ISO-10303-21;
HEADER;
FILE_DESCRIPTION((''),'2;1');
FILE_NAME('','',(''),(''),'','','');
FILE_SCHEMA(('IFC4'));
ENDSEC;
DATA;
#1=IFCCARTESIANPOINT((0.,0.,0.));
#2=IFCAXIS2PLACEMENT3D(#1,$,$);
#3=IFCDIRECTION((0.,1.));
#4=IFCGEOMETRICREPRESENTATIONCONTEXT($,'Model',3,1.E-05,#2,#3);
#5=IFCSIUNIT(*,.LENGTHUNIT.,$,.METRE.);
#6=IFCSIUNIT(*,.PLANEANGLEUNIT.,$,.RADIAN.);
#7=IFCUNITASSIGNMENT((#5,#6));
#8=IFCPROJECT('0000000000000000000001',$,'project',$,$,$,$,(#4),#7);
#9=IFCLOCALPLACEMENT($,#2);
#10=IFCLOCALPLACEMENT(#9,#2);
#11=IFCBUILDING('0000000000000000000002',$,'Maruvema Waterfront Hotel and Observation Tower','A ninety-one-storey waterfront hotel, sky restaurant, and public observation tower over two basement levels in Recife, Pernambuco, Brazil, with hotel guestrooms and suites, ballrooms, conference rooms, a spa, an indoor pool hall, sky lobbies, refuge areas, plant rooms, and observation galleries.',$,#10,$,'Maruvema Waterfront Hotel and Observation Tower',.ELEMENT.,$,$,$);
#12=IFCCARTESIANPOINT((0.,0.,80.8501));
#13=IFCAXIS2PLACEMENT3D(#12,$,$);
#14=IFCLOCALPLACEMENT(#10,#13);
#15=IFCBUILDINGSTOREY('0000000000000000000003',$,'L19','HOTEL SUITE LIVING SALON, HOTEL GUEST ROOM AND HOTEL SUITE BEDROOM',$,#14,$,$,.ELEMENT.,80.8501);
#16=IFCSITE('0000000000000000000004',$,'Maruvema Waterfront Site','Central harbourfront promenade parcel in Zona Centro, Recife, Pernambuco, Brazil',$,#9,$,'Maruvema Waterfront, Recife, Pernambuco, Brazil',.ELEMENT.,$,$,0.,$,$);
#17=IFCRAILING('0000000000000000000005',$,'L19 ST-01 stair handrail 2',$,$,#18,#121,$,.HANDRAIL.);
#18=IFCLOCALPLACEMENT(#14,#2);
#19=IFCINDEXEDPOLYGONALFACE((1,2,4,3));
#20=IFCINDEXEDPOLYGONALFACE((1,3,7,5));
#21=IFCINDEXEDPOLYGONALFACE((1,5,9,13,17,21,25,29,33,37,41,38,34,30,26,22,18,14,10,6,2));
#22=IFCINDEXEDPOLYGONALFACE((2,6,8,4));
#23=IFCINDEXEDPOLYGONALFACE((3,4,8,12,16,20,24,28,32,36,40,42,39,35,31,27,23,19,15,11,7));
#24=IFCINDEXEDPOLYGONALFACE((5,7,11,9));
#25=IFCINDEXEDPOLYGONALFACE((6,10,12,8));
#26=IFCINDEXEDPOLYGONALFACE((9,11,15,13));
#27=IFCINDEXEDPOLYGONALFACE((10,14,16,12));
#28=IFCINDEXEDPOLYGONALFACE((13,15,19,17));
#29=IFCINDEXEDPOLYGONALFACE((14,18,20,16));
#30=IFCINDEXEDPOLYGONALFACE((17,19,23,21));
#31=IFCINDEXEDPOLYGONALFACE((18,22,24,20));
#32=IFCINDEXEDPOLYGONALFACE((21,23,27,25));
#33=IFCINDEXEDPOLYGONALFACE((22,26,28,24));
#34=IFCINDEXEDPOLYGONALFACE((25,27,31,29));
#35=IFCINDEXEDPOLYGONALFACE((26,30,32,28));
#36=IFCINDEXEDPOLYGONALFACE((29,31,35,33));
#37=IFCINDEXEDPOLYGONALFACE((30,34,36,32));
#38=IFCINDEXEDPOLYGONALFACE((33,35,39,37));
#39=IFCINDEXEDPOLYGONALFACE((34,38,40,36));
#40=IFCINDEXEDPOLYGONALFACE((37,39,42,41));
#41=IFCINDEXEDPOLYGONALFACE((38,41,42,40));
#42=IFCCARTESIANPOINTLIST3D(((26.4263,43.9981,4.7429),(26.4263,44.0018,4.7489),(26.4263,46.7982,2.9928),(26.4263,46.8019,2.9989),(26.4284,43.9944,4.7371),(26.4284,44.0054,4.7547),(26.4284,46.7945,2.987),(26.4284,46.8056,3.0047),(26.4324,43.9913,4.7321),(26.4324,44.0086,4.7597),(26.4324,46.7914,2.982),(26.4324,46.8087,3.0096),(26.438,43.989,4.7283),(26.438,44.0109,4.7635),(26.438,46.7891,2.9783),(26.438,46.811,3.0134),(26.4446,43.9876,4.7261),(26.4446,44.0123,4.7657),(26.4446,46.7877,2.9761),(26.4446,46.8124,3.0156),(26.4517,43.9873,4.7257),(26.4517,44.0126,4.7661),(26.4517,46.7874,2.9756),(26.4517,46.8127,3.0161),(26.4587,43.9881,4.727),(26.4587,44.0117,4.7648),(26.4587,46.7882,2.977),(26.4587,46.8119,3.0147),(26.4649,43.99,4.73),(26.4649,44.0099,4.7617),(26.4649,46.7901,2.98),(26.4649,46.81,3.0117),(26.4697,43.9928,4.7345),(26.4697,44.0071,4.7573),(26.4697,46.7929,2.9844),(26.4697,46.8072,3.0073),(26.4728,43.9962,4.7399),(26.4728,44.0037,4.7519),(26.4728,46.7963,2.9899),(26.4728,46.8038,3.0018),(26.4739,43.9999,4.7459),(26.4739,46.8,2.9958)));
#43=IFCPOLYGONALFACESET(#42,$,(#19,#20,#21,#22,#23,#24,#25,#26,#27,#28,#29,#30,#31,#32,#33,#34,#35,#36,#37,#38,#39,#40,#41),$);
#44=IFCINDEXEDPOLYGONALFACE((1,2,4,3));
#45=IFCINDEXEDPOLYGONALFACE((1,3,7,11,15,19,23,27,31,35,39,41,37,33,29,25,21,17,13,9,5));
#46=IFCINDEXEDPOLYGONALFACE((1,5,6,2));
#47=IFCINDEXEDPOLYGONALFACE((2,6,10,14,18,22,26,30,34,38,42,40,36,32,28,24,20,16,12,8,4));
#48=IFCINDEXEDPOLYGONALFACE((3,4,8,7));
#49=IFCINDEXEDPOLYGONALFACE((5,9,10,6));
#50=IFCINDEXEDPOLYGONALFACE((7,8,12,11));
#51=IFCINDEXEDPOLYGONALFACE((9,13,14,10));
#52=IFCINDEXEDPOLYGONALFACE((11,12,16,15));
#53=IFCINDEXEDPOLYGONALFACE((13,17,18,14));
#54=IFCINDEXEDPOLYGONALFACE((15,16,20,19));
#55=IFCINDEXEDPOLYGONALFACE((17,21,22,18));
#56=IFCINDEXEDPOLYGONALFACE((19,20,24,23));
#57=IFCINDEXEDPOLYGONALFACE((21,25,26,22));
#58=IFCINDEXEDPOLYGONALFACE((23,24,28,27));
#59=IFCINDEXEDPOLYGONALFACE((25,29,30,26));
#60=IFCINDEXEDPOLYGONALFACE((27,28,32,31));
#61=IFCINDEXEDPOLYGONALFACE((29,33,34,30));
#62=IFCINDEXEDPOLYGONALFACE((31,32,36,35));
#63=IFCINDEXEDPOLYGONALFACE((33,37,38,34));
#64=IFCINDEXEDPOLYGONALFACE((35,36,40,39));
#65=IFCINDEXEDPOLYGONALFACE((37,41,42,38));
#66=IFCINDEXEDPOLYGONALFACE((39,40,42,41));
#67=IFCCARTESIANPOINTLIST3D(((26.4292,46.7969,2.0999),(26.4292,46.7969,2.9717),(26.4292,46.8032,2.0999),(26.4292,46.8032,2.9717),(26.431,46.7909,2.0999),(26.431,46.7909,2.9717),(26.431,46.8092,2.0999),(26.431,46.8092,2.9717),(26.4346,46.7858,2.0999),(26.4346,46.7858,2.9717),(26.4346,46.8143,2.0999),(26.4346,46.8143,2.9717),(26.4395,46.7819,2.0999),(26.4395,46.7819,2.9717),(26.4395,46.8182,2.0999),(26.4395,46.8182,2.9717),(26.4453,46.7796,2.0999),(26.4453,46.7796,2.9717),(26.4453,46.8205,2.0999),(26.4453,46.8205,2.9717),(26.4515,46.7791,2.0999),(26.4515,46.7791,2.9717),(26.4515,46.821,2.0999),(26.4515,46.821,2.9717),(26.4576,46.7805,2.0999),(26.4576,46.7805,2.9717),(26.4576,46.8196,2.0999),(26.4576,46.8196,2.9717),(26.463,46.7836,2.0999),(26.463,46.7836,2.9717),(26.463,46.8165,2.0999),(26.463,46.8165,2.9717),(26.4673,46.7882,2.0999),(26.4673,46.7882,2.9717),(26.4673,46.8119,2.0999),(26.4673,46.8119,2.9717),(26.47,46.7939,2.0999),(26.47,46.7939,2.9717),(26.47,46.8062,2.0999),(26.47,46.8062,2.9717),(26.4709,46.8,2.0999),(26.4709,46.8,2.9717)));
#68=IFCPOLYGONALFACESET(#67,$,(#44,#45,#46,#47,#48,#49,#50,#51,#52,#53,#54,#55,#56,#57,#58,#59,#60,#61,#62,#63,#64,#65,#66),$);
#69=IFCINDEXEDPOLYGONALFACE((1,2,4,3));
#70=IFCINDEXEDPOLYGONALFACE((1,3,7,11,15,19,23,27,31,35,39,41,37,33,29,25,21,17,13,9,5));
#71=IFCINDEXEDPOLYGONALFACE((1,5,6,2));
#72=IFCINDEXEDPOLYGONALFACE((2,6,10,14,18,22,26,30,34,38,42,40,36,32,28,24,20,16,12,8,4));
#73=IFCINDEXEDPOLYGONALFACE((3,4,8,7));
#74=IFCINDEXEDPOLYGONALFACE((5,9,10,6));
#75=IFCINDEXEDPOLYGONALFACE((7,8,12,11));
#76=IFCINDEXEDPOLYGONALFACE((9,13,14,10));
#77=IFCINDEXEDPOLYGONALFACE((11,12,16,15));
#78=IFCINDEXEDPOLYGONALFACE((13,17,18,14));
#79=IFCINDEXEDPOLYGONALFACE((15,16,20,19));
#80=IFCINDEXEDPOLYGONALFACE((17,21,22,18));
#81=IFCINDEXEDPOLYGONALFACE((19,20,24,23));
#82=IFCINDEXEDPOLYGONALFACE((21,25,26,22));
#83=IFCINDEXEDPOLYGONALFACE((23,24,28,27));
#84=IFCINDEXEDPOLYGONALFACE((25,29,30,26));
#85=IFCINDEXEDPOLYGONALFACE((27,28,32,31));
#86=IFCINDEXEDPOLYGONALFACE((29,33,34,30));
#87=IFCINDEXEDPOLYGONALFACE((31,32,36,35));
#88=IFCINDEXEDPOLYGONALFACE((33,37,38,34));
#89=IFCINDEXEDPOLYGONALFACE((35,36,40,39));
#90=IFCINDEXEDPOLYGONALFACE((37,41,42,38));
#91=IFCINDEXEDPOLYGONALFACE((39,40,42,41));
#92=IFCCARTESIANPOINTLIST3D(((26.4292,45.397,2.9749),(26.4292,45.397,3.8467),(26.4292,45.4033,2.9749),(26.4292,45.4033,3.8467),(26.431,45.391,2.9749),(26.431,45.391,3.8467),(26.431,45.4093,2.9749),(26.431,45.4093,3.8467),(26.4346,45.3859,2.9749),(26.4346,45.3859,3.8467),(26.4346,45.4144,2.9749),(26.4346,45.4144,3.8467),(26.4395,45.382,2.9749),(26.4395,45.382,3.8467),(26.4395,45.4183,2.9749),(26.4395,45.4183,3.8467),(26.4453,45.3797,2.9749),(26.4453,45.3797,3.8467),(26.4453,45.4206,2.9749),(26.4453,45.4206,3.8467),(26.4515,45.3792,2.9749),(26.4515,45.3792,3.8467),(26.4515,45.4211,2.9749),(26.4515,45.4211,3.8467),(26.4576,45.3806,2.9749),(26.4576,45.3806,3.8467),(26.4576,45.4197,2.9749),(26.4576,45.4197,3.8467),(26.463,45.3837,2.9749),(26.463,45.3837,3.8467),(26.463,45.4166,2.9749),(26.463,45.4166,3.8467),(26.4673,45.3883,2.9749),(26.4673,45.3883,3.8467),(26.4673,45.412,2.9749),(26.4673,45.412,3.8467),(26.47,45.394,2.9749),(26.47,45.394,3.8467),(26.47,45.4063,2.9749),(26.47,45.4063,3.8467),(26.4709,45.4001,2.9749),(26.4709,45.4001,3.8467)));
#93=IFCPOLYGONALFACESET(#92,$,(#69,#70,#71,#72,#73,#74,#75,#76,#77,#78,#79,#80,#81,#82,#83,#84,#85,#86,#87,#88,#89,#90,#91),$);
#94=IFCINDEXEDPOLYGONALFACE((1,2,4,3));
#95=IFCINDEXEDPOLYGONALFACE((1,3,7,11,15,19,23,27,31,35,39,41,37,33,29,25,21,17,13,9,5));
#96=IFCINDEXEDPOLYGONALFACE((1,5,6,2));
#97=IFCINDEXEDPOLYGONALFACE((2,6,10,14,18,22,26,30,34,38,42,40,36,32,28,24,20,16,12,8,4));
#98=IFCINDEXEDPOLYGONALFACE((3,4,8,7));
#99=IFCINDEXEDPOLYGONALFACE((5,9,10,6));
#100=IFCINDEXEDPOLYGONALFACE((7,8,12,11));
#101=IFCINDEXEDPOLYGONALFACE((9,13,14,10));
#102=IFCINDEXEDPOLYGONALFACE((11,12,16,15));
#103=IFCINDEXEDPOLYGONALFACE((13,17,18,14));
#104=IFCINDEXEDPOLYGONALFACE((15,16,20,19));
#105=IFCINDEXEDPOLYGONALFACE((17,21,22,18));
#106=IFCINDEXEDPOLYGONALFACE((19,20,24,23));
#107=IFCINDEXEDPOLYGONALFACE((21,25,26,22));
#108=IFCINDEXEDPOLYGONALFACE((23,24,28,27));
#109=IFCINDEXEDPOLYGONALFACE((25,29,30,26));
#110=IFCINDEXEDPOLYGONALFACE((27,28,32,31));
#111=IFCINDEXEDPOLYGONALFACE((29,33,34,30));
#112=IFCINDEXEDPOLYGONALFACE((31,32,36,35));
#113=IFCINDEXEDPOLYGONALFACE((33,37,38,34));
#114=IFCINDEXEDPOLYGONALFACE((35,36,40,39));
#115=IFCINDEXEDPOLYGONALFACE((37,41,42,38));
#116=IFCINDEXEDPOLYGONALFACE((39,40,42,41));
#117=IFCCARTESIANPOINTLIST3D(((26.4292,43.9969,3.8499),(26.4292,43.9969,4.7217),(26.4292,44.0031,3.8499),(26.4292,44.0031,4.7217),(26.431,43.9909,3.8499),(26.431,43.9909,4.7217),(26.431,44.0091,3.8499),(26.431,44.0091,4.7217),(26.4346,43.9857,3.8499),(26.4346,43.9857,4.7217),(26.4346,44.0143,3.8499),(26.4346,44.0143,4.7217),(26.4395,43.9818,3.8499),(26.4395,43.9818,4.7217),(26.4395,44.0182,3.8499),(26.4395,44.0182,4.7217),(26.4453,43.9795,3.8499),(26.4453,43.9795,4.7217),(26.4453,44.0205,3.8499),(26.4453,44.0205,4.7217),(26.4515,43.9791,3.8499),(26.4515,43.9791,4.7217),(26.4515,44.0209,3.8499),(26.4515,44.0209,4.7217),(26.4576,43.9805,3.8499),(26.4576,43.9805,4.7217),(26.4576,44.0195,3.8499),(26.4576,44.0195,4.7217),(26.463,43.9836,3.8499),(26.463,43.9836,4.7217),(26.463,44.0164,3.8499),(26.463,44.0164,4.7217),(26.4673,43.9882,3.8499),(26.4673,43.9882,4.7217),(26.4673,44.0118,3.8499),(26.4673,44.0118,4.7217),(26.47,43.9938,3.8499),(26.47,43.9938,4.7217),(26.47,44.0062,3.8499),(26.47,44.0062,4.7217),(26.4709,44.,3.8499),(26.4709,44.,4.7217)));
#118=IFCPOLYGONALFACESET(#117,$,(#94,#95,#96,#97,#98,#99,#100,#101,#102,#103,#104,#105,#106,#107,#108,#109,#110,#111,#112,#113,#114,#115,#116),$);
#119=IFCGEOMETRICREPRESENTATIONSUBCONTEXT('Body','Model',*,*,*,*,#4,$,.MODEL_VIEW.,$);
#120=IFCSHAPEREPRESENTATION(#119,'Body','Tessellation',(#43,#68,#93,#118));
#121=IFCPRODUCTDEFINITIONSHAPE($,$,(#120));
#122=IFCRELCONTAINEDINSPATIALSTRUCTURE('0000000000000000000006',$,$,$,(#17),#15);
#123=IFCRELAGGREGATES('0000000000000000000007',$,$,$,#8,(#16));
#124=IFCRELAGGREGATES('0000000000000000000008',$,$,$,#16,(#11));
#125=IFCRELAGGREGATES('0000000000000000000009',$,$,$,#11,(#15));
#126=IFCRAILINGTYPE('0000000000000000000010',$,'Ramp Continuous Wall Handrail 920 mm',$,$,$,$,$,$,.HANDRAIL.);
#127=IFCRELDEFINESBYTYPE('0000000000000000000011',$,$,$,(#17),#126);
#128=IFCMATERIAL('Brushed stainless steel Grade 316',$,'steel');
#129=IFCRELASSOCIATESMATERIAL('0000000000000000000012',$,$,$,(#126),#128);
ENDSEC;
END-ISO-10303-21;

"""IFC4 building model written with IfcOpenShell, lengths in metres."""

from ifc_helpers import new_model, si_unit, direction, frame, origin, origin_2d, place, context, subcontext, project, spatial, circle, extrude, material, type_object, element, save


model = new_model("IFC4")

# Units and contexts
model_context = context("Model", 3, precision=1e-05, world=origin(), true_north=direction((0.0, 1.0)))
body_context = subcontext(model_context, "Body", "Model", "MODEL_VIEW")
ifc_project = project(units=[si_unit("LENGTHUNIT", "METRE"), si_unit("PLANEANGLEUNIT", "RADIAN")], contexts=[model_context])

# Site, building, storey
site_placement = place(None, origin())
site = spatial("IfcSite", under=ifc_project, at=site_placement, Name="Maruvema Waterfront Site", Description="Central harbourfront promenade parcel in Zona Centro, Recife, Pernambuco, Brazil", LongName="Maruvema Waterfront, Recife, Pernambuco, Brazil", CompositionType="ELEMENT", RefElevation=0.0)
building_placement = place(site_placement, origin())
building = spatial("IfcBuilding", under=site, at=building_placement, Name="Maruvema Waterfront Hotel and Observation Tower", Description="A ninety-one-storey waterfront hotel, sky restaurant, and public observation tower over two basement levels in Recife, Pernambuco, Brazil, with hotel guestrooms and suites, ballrooms, conference rooms, a spa, an indoor pool hall, sky lobbies, refuge areas, plant rooms, and observation galleries.", LongName="Maruvema Waterfront Hotel and Observation Tower", CompositionType="ELEMENT")
storey_placement = place(building_placement, frame((0.0, 0.0, 80.8501)))
storey = spatial("IfcBuildingStorey", under=building, at=storey_placement, Name="L19", Description="HOTEL SUITE LIVING SALON, HOTEL GUEST ROOM AND HOTEL SUITE BEDROOM", CompositionType="ELEMENT", Elevation=80.8501)

# Railing
ifc_material_1 = material(Name="Brushed stainless steel Grade 316", Category="steel")
railing_type_1 = type_object("IfcRailingType", Name="Ramp Continuous Wall Handrail 920 mm", PredefinedType="HANDRAIL", material=ifc_material_1)
railing_1_placement = place(storey_placement, frame((26.45, 46.8, 2.0999)))
element("IfcRailing", 1, at=railing_1_placement, inside=storey, type_object=railing_type_1, Name="L19 ST-01 stair handrail 2", PredefinedType="HANDRAIL", context=body_context, shape_type="SweptSolid", body=[
    extrude(circle(Radius=0.0239, at=origin_2d()), frame((0.0, 0.0, 0.896), z_axis=(0.0, -0.848002, 0.529992), x_axis=(1.0, 0.0, 0.0)), (0.0, 0.0, 1.0), 3.302),
    extrude(circle(Radius=0.021, at=origin_2d()), origin(), (0.0, 0.0, 1.0), 0.8718),
    extrude(circle(Radius=0.021, at=origin_2d()), frame((0.0, -1.3999, 0.875)), (0.0, 0.0, 1.0), 0.8718),
    extrude(circle(Radius=0.021, at=origin_2d()), frame((0.0, -2.8, 1.75)), (0.0, 0.0, 1.0), 0.8718),
])

save(model, "model.ifc")
